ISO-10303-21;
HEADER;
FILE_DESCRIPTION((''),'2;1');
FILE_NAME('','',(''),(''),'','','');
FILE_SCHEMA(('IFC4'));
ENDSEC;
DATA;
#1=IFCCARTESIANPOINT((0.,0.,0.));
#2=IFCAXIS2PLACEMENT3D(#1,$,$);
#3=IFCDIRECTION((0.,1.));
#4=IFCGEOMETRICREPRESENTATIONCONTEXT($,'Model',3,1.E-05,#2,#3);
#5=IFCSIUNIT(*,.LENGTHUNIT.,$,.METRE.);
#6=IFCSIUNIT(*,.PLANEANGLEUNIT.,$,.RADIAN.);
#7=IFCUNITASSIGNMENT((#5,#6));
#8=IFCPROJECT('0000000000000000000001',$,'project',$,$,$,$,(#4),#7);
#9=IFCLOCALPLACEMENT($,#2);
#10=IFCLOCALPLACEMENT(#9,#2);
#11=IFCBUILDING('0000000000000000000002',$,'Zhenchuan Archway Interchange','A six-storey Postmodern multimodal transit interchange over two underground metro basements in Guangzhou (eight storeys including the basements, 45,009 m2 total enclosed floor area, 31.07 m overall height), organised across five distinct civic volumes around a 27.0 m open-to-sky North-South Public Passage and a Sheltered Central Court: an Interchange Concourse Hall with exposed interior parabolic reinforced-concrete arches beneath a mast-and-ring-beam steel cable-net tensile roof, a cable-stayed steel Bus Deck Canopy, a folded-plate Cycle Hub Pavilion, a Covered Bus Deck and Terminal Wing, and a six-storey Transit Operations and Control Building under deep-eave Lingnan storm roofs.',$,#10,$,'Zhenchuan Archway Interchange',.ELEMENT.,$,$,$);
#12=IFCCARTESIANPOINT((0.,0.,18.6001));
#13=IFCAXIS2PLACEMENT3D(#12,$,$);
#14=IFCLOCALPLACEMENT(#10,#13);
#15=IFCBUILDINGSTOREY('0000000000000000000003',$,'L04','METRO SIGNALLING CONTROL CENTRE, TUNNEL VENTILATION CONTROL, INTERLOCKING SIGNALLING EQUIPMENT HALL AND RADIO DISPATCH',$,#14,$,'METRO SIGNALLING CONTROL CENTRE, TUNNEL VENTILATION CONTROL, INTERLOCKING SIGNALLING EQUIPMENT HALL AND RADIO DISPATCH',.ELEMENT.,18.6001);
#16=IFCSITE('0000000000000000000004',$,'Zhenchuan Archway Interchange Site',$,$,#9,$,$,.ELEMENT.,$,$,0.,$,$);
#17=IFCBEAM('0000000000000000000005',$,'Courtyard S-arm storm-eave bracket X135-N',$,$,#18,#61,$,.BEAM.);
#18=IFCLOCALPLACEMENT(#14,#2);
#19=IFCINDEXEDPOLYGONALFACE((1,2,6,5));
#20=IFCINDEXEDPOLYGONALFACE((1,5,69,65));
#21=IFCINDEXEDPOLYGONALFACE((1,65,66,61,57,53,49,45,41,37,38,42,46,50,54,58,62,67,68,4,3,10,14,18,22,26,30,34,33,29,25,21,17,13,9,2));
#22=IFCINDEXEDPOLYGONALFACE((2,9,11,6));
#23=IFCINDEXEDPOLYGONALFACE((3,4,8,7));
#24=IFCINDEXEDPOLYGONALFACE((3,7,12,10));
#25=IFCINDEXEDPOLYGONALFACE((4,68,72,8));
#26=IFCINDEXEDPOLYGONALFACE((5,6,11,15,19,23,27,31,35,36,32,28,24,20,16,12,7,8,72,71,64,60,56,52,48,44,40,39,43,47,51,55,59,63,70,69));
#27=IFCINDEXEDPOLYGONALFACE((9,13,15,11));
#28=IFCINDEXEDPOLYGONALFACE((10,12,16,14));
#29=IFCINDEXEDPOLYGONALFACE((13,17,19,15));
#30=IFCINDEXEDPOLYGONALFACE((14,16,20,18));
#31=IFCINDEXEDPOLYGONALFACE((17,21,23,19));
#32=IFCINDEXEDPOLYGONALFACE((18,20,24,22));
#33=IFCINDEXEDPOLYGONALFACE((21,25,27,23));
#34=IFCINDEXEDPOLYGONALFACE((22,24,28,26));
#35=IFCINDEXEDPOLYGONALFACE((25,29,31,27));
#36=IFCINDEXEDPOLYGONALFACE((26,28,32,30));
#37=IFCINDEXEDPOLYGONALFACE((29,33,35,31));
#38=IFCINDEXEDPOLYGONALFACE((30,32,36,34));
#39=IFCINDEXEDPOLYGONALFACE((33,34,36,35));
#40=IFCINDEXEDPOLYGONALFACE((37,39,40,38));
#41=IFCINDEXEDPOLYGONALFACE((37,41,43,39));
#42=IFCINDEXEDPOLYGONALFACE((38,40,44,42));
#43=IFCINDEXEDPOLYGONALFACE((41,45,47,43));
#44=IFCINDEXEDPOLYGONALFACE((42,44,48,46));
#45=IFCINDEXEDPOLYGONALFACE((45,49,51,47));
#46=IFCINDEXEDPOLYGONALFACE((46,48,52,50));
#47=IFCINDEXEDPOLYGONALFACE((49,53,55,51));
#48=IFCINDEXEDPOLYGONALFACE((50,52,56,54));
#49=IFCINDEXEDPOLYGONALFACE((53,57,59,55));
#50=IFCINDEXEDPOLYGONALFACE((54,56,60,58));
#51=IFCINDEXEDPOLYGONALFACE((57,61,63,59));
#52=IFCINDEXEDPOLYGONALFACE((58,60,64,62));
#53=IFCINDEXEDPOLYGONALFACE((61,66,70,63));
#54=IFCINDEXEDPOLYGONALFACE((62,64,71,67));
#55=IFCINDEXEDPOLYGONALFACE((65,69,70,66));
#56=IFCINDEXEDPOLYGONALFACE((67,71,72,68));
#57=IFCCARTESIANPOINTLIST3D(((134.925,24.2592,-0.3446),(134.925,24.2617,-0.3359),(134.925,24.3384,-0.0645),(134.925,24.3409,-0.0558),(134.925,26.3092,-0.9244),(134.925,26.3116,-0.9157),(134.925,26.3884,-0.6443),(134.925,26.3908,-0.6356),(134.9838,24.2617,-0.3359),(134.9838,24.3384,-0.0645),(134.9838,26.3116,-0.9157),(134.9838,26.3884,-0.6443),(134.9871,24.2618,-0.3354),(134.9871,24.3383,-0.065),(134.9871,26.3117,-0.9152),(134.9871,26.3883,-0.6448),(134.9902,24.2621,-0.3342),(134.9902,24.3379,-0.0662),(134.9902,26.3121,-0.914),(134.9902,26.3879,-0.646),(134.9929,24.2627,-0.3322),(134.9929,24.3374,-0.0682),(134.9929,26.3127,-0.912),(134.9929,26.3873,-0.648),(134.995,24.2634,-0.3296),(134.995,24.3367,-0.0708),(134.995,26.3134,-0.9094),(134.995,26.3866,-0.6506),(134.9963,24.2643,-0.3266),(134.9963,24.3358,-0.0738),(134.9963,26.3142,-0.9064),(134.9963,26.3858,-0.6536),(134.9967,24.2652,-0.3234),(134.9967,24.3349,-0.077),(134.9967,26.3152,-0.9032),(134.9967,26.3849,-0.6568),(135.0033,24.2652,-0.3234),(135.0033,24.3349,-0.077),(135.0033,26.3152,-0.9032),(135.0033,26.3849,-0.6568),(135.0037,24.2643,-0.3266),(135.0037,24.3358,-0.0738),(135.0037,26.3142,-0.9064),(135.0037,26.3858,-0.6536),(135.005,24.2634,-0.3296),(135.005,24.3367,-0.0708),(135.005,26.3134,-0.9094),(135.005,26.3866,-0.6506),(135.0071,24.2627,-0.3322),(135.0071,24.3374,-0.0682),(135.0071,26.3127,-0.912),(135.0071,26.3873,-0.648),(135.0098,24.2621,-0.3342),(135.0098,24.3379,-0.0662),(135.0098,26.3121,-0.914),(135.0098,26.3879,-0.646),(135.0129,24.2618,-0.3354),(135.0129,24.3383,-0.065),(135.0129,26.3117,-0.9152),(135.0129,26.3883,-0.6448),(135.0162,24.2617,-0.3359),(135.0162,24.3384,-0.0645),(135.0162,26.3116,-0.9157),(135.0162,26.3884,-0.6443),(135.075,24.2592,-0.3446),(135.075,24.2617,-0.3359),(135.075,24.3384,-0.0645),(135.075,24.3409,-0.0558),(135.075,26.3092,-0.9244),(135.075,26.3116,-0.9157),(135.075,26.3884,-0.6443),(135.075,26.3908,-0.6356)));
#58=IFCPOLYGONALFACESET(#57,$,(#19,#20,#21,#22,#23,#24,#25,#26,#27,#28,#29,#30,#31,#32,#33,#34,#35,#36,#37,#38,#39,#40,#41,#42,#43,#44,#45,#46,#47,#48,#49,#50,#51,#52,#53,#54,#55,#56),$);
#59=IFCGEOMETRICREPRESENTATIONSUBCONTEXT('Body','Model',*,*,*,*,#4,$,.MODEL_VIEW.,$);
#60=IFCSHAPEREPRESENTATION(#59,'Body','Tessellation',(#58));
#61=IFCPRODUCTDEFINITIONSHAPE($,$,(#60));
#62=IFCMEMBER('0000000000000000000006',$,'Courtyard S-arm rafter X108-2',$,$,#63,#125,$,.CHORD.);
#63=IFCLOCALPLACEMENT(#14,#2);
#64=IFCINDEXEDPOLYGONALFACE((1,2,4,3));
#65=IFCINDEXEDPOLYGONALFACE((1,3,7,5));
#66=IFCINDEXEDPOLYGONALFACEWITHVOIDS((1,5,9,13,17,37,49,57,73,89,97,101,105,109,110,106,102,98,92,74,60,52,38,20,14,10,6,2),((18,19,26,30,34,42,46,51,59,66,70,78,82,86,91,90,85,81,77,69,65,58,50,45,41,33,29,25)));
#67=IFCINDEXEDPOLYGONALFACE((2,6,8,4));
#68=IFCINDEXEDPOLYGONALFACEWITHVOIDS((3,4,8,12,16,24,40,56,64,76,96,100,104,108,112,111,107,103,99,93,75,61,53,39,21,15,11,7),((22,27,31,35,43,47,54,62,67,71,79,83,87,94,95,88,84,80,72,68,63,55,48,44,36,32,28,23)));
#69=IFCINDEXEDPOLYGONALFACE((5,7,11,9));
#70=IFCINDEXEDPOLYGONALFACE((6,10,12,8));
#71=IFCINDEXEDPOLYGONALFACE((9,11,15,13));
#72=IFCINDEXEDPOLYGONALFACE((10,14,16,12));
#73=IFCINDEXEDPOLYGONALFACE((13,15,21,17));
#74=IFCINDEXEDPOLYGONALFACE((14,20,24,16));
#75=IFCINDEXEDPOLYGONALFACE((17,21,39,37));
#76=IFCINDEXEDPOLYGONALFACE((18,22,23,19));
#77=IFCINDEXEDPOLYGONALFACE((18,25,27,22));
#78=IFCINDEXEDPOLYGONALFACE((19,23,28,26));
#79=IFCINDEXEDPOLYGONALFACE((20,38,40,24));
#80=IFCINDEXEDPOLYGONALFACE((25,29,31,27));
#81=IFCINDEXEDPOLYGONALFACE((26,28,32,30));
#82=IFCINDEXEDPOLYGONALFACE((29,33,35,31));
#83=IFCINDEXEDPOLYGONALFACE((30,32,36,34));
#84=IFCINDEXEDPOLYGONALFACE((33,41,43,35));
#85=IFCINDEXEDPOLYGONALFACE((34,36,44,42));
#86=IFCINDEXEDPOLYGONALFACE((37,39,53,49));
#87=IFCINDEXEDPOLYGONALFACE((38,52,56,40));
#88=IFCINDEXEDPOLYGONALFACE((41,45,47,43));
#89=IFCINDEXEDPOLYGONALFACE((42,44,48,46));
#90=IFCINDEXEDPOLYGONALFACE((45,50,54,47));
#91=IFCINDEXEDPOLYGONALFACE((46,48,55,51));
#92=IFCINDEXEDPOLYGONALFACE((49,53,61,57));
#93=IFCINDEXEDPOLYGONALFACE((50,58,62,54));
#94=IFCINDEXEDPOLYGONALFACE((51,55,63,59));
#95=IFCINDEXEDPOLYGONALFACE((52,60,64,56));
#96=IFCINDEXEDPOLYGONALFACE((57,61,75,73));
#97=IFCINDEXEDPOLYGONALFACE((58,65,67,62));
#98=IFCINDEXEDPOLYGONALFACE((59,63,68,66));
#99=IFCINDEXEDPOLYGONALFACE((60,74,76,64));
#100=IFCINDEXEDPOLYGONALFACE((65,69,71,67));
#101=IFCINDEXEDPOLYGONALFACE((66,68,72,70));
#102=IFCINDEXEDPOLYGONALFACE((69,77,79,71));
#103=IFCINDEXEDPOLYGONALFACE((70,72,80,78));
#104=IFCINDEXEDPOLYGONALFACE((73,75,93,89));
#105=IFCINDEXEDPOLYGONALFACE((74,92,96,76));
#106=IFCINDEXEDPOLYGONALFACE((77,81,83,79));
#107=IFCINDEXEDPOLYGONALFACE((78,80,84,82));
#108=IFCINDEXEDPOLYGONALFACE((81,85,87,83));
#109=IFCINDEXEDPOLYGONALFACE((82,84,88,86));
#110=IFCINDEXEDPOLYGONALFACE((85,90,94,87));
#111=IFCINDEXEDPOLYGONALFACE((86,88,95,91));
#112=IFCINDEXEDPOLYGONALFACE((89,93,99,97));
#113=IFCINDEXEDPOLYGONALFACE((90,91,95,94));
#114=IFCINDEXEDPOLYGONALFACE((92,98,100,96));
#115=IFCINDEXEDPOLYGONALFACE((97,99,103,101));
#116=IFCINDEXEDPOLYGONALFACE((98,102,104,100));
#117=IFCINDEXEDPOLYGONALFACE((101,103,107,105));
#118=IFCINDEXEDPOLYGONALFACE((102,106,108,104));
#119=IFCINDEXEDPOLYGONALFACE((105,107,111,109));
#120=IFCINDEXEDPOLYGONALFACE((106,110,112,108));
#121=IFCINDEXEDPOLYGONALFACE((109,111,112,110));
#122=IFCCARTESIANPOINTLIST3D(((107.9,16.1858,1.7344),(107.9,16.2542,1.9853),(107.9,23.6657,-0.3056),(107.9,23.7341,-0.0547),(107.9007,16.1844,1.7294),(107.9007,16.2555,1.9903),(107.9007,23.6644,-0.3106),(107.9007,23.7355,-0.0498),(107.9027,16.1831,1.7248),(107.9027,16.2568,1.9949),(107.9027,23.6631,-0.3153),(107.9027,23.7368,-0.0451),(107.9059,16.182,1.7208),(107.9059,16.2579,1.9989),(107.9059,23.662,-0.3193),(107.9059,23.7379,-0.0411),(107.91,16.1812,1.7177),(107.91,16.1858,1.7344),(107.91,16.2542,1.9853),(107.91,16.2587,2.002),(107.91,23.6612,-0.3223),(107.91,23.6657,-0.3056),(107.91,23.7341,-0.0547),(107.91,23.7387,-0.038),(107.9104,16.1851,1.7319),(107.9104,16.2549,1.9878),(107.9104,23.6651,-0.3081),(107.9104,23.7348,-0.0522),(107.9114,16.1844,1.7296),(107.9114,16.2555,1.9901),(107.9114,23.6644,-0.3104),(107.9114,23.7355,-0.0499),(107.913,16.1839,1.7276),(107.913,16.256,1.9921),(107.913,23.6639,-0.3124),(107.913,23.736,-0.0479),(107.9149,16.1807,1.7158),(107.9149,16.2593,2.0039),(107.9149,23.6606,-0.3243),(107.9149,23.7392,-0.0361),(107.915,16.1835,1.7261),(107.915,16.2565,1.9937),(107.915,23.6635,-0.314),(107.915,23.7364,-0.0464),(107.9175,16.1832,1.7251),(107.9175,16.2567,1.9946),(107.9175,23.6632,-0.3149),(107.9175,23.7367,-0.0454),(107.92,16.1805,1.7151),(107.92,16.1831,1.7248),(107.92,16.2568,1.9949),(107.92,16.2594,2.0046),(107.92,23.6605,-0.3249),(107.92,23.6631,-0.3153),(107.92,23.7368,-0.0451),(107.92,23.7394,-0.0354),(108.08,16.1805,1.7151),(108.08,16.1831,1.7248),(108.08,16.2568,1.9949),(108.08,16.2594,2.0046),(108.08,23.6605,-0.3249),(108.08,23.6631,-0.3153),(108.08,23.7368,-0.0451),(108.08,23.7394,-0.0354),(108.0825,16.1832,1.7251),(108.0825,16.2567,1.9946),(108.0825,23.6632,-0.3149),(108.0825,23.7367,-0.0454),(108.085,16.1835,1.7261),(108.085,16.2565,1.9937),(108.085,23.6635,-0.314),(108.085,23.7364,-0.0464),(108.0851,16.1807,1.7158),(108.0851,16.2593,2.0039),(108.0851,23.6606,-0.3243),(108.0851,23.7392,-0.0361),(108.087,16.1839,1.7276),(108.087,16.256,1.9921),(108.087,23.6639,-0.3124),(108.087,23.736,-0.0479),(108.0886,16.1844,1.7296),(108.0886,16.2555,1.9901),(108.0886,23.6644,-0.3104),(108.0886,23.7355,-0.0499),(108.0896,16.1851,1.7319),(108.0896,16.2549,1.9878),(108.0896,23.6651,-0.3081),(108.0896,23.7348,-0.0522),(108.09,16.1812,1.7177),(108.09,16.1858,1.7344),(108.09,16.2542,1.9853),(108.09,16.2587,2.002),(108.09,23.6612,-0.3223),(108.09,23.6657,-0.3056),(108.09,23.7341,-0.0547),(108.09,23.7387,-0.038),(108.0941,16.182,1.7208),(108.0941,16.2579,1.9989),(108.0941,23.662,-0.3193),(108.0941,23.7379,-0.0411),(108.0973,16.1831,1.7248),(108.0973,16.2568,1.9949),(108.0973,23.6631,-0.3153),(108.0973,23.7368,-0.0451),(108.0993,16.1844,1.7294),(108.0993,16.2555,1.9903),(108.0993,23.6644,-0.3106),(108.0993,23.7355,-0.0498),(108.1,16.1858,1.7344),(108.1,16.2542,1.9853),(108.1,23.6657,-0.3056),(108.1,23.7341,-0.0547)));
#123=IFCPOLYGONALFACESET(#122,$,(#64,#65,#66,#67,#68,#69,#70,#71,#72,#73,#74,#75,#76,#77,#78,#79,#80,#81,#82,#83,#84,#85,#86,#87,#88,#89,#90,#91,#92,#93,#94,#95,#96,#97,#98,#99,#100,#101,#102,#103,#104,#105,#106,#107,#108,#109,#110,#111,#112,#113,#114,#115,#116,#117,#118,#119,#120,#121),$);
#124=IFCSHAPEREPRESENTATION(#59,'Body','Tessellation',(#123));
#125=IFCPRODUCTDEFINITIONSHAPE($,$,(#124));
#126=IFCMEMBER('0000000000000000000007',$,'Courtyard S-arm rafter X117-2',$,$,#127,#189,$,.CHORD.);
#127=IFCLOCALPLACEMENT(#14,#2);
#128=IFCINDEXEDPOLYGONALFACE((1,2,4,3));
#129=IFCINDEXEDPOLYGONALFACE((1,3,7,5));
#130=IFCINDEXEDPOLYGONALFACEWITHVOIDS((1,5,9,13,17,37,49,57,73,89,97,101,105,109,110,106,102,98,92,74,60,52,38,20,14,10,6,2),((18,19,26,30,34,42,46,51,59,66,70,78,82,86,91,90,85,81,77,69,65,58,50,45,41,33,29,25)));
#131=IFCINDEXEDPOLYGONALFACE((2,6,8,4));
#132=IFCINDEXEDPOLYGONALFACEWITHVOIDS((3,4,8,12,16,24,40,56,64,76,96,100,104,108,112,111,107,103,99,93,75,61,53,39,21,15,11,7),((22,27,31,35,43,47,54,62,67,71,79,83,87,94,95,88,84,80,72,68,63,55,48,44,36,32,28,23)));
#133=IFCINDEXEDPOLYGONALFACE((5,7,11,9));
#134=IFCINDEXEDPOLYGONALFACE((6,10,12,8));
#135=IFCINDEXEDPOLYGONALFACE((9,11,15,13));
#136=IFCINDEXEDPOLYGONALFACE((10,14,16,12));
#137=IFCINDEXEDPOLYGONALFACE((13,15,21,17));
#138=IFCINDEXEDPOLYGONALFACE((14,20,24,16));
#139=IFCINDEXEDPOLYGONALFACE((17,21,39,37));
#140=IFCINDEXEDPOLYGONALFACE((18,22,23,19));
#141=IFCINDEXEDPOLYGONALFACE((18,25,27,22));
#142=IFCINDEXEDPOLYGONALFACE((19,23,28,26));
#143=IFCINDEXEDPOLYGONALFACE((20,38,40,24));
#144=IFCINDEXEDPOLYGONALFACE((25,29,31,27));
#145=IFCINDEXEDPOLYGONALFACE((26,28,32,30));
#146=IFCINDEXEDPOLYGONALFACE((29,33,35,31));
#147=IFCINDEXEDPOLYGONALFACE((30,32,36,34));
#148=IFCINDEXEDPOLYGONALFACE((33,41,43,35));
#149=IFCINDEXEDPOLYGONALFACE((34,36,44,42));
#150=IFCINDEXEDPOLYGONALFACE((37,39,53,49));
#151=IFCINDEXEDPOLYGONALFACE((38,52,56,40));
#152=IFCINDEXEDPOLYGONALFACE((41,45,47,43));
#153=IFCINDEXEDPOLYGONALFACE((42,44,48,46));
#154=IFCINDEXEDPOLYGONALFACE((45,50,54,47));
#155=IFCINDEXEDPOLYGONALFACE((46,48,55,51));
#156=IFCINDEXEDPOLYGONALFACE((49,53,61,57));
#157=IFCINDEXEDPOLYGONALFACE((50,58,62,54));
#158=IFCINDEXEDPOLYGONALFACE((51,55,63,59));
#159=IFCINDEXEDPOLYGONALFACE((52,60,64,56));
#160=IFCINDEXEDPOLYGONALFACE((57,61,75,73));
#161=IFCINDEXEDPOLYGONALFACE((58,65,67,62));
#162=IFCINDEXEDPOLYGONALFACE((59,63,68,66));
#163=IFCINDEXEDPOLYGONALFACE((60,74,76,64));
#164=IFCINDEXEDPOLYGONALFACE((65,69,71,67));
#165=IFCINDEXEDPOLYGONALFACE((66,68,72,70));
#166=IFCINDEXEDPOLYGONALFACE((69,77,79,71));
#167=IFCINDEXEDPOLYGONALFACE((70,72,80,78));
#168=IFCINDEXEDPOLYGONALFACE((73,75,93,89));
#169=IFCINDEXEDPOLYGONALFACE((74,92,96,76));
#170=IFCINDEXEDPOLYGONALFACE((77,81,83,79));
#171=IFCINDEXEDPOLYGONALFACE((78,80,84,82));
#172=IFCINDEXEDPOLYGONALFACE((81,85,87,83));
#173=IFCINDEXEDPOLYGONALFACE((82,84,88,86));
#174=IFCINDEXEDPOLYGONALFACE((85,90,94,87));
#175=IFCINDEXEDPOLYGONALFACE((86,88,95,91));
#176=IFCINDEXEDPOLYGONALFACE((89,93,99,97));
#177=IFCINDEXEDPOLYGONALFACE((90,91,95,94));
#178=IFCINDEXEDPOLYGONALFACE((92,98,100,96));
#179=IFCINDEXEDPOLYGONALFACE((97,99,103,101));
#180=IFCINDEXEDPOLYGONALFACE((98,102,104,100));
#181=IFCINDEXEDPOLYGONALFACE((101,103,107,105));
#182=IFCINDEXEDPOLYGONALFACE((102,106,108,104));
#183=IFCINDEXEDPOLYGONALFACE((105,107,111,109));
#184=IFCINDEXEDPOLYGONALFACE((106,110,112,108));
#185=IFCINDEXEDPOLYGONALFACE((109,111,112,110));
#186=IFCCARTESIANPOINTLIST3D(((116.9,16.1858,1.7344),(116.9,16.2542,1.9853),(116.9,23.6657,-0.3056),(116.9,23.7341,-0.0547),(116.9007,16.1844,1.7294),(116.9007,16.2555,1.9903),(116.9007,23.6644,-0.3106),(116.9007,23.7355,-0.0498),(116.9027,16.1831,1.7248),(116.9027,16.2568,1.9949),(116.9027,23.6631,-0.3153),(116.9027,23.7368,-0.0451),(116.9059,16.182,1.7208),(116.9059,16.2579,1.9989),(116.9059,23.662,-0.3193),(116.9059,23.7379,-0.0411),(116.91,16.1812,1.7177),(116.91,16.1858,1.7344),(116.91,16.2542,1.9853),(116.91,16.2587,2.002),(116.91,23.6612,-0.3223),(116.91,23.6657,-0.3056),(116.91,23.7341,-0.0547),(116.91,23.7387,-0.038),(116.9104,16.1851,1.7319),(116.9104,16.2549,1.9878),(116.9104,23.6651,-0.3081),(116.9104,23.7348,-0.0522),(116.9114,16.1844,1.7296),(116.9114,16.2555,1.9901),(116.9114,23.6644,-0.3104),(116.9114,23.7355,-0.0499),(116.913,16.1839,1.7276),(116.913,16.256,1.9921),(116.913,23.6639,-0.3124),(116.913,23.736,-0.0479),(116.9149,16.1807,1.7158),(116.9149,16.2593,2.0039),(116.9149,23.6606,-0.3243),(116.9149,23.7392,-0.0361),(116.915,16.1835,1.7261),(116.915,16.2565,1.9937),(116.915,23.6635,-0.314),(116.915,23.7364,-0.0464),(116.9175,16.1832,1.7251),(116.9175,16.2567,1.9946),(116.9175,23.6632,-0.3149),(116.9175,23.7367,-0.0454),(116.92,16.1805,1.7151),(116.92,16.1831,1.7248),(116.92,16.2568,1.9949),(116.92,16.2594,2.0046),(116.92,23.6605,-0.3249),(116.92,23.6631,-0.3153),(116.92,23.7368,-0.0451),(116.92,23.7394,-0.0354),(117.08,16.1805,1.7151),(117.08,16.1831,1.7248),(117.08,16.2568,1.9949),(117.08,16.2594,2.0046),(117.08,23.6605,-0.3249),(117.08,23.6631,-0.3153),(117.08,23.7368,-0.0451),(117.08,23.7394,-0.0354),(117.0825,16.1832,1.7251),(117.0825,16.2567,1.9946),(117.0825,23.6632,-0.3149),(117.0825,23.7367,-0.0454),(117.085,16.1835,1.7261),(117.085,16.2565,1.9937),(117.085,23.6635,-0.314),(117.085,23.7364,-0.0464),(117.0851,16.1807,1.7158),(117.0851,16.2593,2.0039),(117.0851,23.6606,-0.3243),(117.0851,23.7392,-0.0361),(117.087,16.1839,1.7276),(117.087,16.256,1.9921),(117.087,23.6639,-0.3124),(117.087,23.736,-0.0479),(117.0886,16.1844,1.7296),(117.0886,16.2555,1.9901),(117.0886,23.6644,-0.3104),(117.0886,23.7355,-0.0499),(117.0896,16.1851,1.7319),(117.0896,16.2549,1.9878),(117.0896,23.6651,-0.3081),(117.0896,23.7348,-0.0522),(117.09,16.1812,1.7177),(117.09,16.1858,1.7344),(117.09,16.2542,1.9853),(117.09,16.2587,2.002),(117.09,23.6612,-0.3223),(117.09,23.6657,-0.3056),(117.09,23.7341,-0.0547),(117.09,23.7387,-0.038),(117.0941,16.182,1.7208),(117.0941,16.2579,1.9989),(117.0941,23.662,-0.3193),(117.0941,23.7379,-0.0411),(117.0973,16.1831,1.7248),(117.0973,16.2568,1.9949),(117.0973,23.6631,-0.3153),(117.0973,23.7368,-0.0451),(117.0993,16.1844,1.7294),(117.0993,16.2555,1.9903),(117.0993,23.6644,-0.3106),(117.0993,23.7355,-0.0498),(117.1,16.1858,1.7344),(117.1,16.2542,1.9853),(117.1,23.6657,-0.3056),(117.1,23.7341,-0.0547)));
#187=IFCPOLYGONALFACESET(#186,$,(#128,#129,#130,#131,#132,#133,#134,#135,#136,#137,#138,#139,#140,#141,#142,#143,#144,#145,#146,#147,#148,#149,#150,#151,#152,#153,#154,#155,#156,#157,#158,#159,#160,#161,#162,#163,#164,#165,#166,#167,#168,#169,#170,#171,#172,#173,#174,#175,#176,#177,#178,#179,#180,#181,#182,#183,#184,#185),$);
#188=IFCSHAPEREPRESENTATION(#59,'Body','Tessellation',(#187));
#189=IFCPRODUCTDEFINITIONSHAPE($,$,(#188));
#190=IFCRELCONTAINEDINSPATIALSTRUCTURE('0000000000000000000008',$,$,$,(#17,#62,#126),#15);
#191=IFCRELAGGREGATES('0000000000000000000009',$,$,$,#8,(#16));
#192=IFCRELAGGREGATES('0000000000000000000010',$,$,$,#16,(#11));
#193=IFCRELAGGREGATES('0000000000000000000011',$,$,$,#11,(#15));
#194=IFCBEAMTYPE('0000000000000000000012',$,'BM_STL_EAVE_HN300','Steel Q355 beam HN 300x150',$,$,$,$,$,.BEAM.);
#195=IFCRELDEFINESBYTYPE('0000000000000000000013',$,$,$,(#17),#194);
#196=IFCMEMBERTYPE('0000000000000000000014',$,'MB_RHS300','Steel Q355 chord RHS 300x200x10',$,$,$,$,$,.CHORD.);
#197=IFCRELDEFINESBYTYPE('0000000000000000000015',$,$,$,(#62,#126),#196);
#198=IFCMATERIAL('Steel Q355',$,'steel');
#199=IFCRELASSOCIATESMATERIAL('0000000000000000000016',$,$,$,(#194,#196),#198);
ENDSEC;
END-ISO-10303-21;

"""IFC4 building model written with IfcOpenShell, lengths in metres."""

from ifc_helpers import new_model, si_unit, direction, frame, origin, origin_2d, place, context, subcontext, project, spatial, hollow_rectangle, i_section, extrude, material, material_profile, profile_set, type_object, element, save


model = new_model("IFC4")

# Units and contexts
model_context = context("Model", 3, precision=1e-05, world=origin(), true_north=direction((0.0, 1.0)))
body_context = subcontext(model_context, "Body", "Model", "MODEL_VIEW")
ifc_project = project(units=[si_unit("LENGTHUNIT", "METRE"), si_unit("PLANEANGLEUNIT", "RADIAN")], contexts=[model_context])

# Site, building, storey
site_placement = place(None, origin())
site = spatial("IfcSite", under=ifc_project, at=site_placement, Name="Zhenchuan Archway Interchange Site", CompositionType="ELEMENT", RefElevation=0.0)
building_placement = place(site_placement, origin())
building = spatial("IfcBuilding", under=site, at=building_placement, Name="Zhenchuan Archway Interchange", Description="A six-storey Postmodern multimodal transit interchange over two underground metro basements in Guangzhou (eight storeys including the basements, 45,009 m2 total enclosed floor area, 31.07 m overall height), organised across five distinct civic volumes around a 27.0 m open-to-sky North-South Public Passage and a Sheltered Central Court: an Interchange Concourse Hall with exposed interior parabolic reinforced-concrete arches beneath a mast-and-ring-beam steel cable-net tensile roof, a cable-stayed steel Bus Deck Canopy, a folded-plate Cycle Hub Pavilion, a Covered Bus Deck and Terminal Wing, and a six-storey Transit Operations and Control Building under deep-eave Lingnan storm roofs.", LongName="Zhenchuan Archway Interchange", CompositionType="ELEMENT")
storey_placement = place(building_placement, frame((0.0, 0.0, 18.6001)))
storey = spatial("IfcBuildingStorey", under=building, at=storey_placement, Name="L04", Description="METRO SIGNALLING CONTROL CENTRE, TUNNEL VENTILATION CONTROL, INTERLOCKING SIGNALLING EQUIPMENT HALL AND RADIO DISPATCH", LongName="METRO SIGNALLING CONTROL CENTRE, TUNNEL VENTILATION CONTROL, INTERLOCKING SIGNALLING EQUIPMENT HALL AND RADIO DISPATCH", CompositionType="ELEMENT", Elevation=18.6001)

# Beam
ifc_material_1 = material(Name="Steel Q355", Category="steel")
ifc_material_profile_1 = material_profile(ifc_material_1, i_section(OverallWidth=0.1499, OverallDepth=0.3, WebThickness=0.0066, FlangeThickness=0.009, FilletRadius=0.0129, at=origin_2d()), Name="HN 300x150")
ifc_profile_set_1 = profile_set([ifc_material_profile_1], Name="Steel Q355")
beam_type_1 = type_object("IfcBeamType", Name="BM_STL_EAVE_HN300", Description="Steel Q355 beam HN 300x150", PredefinedType="BEAM", material=ifc_profile_set_1)
for number, where, z_axis, x_axis, name in (
    (1, (135.0, 24.3, -0.2002), (0.0, 0.962251, -0.272162), (-1.0, 0.0, 0.0), "Courtyard S-arm storm-eave bracket X135-N"),
):
    element("IfcBeam", number, at=place(storey_placement, frame(where, z_axis=z_axis, x_axis=x_axis)), inside=storey, type_object=beam_type_1, Name=name, PredefinedType="BEAM", context=body_context, shape_type="SweptSolid", body=[
        extrude(i_section(OverallWidth=0.1499, OverallDepth=0.3, WebThickness=0.0066, FlangeThickness=0.009, FilletRadius=0.0129, at=origin_2d()), origin(), (0.0, 0.0, 1.0), 2.1304),
    ])

# Members
ifc_material_profile_2 = material_profile(ifc_material_1, hollow_rectangle(XDim=0.2, YDim=0.3, WallThickness=0.01, InnerFilletRadius=0.01, OuterFilletRadius=0.02, at=origin_2d()), Name="RHS 300x200x10")
ifc_profile_set_2 = profile_set([ifc_material_profile_2], Name="Steel Q355")
member_type = type_object("IfcMemberType", Name="MB_RHS300", Description="Steel Q355 chord RHS 300x200x10", PredefinedType="CHORD", material=ifc_profile_set_2)
for number, where, z_axis, x_axis, name in (
    (2, (108.0, 16.22, 1.8599), (0.0, 0.964762, -0.263123), (-1.0, 0.0, 0.0), "Courtyard S-arm rafter X108-2"),
    (3, (117.0, 16.22, 1.8599), (0.0, 0.964762, -0.263123), (-1.0, 0.0, 0.0), "Courtyard S-arm rafter X117-2"),
):
    element("IfcMember", number, at=place(storey_placement, frame(where, z_axis=z_axis, x_axis=x_axis)), inside=storey, type_object=member_type, Name=name, PredefinedType="CHORD", context=body_context, shape_type="SweptSolid", body=[
        extrude(hollow_rectangle(XDim=0.2, YDim=0.3, WallThickness=0.01, InnerFilletRadius=0.01, OuterFilletRadius=0.02, at=origin_2d()), origin(), (0.0, 0.0, 1.0), 7.7532),
    ])

save(model, "model.ifc")
